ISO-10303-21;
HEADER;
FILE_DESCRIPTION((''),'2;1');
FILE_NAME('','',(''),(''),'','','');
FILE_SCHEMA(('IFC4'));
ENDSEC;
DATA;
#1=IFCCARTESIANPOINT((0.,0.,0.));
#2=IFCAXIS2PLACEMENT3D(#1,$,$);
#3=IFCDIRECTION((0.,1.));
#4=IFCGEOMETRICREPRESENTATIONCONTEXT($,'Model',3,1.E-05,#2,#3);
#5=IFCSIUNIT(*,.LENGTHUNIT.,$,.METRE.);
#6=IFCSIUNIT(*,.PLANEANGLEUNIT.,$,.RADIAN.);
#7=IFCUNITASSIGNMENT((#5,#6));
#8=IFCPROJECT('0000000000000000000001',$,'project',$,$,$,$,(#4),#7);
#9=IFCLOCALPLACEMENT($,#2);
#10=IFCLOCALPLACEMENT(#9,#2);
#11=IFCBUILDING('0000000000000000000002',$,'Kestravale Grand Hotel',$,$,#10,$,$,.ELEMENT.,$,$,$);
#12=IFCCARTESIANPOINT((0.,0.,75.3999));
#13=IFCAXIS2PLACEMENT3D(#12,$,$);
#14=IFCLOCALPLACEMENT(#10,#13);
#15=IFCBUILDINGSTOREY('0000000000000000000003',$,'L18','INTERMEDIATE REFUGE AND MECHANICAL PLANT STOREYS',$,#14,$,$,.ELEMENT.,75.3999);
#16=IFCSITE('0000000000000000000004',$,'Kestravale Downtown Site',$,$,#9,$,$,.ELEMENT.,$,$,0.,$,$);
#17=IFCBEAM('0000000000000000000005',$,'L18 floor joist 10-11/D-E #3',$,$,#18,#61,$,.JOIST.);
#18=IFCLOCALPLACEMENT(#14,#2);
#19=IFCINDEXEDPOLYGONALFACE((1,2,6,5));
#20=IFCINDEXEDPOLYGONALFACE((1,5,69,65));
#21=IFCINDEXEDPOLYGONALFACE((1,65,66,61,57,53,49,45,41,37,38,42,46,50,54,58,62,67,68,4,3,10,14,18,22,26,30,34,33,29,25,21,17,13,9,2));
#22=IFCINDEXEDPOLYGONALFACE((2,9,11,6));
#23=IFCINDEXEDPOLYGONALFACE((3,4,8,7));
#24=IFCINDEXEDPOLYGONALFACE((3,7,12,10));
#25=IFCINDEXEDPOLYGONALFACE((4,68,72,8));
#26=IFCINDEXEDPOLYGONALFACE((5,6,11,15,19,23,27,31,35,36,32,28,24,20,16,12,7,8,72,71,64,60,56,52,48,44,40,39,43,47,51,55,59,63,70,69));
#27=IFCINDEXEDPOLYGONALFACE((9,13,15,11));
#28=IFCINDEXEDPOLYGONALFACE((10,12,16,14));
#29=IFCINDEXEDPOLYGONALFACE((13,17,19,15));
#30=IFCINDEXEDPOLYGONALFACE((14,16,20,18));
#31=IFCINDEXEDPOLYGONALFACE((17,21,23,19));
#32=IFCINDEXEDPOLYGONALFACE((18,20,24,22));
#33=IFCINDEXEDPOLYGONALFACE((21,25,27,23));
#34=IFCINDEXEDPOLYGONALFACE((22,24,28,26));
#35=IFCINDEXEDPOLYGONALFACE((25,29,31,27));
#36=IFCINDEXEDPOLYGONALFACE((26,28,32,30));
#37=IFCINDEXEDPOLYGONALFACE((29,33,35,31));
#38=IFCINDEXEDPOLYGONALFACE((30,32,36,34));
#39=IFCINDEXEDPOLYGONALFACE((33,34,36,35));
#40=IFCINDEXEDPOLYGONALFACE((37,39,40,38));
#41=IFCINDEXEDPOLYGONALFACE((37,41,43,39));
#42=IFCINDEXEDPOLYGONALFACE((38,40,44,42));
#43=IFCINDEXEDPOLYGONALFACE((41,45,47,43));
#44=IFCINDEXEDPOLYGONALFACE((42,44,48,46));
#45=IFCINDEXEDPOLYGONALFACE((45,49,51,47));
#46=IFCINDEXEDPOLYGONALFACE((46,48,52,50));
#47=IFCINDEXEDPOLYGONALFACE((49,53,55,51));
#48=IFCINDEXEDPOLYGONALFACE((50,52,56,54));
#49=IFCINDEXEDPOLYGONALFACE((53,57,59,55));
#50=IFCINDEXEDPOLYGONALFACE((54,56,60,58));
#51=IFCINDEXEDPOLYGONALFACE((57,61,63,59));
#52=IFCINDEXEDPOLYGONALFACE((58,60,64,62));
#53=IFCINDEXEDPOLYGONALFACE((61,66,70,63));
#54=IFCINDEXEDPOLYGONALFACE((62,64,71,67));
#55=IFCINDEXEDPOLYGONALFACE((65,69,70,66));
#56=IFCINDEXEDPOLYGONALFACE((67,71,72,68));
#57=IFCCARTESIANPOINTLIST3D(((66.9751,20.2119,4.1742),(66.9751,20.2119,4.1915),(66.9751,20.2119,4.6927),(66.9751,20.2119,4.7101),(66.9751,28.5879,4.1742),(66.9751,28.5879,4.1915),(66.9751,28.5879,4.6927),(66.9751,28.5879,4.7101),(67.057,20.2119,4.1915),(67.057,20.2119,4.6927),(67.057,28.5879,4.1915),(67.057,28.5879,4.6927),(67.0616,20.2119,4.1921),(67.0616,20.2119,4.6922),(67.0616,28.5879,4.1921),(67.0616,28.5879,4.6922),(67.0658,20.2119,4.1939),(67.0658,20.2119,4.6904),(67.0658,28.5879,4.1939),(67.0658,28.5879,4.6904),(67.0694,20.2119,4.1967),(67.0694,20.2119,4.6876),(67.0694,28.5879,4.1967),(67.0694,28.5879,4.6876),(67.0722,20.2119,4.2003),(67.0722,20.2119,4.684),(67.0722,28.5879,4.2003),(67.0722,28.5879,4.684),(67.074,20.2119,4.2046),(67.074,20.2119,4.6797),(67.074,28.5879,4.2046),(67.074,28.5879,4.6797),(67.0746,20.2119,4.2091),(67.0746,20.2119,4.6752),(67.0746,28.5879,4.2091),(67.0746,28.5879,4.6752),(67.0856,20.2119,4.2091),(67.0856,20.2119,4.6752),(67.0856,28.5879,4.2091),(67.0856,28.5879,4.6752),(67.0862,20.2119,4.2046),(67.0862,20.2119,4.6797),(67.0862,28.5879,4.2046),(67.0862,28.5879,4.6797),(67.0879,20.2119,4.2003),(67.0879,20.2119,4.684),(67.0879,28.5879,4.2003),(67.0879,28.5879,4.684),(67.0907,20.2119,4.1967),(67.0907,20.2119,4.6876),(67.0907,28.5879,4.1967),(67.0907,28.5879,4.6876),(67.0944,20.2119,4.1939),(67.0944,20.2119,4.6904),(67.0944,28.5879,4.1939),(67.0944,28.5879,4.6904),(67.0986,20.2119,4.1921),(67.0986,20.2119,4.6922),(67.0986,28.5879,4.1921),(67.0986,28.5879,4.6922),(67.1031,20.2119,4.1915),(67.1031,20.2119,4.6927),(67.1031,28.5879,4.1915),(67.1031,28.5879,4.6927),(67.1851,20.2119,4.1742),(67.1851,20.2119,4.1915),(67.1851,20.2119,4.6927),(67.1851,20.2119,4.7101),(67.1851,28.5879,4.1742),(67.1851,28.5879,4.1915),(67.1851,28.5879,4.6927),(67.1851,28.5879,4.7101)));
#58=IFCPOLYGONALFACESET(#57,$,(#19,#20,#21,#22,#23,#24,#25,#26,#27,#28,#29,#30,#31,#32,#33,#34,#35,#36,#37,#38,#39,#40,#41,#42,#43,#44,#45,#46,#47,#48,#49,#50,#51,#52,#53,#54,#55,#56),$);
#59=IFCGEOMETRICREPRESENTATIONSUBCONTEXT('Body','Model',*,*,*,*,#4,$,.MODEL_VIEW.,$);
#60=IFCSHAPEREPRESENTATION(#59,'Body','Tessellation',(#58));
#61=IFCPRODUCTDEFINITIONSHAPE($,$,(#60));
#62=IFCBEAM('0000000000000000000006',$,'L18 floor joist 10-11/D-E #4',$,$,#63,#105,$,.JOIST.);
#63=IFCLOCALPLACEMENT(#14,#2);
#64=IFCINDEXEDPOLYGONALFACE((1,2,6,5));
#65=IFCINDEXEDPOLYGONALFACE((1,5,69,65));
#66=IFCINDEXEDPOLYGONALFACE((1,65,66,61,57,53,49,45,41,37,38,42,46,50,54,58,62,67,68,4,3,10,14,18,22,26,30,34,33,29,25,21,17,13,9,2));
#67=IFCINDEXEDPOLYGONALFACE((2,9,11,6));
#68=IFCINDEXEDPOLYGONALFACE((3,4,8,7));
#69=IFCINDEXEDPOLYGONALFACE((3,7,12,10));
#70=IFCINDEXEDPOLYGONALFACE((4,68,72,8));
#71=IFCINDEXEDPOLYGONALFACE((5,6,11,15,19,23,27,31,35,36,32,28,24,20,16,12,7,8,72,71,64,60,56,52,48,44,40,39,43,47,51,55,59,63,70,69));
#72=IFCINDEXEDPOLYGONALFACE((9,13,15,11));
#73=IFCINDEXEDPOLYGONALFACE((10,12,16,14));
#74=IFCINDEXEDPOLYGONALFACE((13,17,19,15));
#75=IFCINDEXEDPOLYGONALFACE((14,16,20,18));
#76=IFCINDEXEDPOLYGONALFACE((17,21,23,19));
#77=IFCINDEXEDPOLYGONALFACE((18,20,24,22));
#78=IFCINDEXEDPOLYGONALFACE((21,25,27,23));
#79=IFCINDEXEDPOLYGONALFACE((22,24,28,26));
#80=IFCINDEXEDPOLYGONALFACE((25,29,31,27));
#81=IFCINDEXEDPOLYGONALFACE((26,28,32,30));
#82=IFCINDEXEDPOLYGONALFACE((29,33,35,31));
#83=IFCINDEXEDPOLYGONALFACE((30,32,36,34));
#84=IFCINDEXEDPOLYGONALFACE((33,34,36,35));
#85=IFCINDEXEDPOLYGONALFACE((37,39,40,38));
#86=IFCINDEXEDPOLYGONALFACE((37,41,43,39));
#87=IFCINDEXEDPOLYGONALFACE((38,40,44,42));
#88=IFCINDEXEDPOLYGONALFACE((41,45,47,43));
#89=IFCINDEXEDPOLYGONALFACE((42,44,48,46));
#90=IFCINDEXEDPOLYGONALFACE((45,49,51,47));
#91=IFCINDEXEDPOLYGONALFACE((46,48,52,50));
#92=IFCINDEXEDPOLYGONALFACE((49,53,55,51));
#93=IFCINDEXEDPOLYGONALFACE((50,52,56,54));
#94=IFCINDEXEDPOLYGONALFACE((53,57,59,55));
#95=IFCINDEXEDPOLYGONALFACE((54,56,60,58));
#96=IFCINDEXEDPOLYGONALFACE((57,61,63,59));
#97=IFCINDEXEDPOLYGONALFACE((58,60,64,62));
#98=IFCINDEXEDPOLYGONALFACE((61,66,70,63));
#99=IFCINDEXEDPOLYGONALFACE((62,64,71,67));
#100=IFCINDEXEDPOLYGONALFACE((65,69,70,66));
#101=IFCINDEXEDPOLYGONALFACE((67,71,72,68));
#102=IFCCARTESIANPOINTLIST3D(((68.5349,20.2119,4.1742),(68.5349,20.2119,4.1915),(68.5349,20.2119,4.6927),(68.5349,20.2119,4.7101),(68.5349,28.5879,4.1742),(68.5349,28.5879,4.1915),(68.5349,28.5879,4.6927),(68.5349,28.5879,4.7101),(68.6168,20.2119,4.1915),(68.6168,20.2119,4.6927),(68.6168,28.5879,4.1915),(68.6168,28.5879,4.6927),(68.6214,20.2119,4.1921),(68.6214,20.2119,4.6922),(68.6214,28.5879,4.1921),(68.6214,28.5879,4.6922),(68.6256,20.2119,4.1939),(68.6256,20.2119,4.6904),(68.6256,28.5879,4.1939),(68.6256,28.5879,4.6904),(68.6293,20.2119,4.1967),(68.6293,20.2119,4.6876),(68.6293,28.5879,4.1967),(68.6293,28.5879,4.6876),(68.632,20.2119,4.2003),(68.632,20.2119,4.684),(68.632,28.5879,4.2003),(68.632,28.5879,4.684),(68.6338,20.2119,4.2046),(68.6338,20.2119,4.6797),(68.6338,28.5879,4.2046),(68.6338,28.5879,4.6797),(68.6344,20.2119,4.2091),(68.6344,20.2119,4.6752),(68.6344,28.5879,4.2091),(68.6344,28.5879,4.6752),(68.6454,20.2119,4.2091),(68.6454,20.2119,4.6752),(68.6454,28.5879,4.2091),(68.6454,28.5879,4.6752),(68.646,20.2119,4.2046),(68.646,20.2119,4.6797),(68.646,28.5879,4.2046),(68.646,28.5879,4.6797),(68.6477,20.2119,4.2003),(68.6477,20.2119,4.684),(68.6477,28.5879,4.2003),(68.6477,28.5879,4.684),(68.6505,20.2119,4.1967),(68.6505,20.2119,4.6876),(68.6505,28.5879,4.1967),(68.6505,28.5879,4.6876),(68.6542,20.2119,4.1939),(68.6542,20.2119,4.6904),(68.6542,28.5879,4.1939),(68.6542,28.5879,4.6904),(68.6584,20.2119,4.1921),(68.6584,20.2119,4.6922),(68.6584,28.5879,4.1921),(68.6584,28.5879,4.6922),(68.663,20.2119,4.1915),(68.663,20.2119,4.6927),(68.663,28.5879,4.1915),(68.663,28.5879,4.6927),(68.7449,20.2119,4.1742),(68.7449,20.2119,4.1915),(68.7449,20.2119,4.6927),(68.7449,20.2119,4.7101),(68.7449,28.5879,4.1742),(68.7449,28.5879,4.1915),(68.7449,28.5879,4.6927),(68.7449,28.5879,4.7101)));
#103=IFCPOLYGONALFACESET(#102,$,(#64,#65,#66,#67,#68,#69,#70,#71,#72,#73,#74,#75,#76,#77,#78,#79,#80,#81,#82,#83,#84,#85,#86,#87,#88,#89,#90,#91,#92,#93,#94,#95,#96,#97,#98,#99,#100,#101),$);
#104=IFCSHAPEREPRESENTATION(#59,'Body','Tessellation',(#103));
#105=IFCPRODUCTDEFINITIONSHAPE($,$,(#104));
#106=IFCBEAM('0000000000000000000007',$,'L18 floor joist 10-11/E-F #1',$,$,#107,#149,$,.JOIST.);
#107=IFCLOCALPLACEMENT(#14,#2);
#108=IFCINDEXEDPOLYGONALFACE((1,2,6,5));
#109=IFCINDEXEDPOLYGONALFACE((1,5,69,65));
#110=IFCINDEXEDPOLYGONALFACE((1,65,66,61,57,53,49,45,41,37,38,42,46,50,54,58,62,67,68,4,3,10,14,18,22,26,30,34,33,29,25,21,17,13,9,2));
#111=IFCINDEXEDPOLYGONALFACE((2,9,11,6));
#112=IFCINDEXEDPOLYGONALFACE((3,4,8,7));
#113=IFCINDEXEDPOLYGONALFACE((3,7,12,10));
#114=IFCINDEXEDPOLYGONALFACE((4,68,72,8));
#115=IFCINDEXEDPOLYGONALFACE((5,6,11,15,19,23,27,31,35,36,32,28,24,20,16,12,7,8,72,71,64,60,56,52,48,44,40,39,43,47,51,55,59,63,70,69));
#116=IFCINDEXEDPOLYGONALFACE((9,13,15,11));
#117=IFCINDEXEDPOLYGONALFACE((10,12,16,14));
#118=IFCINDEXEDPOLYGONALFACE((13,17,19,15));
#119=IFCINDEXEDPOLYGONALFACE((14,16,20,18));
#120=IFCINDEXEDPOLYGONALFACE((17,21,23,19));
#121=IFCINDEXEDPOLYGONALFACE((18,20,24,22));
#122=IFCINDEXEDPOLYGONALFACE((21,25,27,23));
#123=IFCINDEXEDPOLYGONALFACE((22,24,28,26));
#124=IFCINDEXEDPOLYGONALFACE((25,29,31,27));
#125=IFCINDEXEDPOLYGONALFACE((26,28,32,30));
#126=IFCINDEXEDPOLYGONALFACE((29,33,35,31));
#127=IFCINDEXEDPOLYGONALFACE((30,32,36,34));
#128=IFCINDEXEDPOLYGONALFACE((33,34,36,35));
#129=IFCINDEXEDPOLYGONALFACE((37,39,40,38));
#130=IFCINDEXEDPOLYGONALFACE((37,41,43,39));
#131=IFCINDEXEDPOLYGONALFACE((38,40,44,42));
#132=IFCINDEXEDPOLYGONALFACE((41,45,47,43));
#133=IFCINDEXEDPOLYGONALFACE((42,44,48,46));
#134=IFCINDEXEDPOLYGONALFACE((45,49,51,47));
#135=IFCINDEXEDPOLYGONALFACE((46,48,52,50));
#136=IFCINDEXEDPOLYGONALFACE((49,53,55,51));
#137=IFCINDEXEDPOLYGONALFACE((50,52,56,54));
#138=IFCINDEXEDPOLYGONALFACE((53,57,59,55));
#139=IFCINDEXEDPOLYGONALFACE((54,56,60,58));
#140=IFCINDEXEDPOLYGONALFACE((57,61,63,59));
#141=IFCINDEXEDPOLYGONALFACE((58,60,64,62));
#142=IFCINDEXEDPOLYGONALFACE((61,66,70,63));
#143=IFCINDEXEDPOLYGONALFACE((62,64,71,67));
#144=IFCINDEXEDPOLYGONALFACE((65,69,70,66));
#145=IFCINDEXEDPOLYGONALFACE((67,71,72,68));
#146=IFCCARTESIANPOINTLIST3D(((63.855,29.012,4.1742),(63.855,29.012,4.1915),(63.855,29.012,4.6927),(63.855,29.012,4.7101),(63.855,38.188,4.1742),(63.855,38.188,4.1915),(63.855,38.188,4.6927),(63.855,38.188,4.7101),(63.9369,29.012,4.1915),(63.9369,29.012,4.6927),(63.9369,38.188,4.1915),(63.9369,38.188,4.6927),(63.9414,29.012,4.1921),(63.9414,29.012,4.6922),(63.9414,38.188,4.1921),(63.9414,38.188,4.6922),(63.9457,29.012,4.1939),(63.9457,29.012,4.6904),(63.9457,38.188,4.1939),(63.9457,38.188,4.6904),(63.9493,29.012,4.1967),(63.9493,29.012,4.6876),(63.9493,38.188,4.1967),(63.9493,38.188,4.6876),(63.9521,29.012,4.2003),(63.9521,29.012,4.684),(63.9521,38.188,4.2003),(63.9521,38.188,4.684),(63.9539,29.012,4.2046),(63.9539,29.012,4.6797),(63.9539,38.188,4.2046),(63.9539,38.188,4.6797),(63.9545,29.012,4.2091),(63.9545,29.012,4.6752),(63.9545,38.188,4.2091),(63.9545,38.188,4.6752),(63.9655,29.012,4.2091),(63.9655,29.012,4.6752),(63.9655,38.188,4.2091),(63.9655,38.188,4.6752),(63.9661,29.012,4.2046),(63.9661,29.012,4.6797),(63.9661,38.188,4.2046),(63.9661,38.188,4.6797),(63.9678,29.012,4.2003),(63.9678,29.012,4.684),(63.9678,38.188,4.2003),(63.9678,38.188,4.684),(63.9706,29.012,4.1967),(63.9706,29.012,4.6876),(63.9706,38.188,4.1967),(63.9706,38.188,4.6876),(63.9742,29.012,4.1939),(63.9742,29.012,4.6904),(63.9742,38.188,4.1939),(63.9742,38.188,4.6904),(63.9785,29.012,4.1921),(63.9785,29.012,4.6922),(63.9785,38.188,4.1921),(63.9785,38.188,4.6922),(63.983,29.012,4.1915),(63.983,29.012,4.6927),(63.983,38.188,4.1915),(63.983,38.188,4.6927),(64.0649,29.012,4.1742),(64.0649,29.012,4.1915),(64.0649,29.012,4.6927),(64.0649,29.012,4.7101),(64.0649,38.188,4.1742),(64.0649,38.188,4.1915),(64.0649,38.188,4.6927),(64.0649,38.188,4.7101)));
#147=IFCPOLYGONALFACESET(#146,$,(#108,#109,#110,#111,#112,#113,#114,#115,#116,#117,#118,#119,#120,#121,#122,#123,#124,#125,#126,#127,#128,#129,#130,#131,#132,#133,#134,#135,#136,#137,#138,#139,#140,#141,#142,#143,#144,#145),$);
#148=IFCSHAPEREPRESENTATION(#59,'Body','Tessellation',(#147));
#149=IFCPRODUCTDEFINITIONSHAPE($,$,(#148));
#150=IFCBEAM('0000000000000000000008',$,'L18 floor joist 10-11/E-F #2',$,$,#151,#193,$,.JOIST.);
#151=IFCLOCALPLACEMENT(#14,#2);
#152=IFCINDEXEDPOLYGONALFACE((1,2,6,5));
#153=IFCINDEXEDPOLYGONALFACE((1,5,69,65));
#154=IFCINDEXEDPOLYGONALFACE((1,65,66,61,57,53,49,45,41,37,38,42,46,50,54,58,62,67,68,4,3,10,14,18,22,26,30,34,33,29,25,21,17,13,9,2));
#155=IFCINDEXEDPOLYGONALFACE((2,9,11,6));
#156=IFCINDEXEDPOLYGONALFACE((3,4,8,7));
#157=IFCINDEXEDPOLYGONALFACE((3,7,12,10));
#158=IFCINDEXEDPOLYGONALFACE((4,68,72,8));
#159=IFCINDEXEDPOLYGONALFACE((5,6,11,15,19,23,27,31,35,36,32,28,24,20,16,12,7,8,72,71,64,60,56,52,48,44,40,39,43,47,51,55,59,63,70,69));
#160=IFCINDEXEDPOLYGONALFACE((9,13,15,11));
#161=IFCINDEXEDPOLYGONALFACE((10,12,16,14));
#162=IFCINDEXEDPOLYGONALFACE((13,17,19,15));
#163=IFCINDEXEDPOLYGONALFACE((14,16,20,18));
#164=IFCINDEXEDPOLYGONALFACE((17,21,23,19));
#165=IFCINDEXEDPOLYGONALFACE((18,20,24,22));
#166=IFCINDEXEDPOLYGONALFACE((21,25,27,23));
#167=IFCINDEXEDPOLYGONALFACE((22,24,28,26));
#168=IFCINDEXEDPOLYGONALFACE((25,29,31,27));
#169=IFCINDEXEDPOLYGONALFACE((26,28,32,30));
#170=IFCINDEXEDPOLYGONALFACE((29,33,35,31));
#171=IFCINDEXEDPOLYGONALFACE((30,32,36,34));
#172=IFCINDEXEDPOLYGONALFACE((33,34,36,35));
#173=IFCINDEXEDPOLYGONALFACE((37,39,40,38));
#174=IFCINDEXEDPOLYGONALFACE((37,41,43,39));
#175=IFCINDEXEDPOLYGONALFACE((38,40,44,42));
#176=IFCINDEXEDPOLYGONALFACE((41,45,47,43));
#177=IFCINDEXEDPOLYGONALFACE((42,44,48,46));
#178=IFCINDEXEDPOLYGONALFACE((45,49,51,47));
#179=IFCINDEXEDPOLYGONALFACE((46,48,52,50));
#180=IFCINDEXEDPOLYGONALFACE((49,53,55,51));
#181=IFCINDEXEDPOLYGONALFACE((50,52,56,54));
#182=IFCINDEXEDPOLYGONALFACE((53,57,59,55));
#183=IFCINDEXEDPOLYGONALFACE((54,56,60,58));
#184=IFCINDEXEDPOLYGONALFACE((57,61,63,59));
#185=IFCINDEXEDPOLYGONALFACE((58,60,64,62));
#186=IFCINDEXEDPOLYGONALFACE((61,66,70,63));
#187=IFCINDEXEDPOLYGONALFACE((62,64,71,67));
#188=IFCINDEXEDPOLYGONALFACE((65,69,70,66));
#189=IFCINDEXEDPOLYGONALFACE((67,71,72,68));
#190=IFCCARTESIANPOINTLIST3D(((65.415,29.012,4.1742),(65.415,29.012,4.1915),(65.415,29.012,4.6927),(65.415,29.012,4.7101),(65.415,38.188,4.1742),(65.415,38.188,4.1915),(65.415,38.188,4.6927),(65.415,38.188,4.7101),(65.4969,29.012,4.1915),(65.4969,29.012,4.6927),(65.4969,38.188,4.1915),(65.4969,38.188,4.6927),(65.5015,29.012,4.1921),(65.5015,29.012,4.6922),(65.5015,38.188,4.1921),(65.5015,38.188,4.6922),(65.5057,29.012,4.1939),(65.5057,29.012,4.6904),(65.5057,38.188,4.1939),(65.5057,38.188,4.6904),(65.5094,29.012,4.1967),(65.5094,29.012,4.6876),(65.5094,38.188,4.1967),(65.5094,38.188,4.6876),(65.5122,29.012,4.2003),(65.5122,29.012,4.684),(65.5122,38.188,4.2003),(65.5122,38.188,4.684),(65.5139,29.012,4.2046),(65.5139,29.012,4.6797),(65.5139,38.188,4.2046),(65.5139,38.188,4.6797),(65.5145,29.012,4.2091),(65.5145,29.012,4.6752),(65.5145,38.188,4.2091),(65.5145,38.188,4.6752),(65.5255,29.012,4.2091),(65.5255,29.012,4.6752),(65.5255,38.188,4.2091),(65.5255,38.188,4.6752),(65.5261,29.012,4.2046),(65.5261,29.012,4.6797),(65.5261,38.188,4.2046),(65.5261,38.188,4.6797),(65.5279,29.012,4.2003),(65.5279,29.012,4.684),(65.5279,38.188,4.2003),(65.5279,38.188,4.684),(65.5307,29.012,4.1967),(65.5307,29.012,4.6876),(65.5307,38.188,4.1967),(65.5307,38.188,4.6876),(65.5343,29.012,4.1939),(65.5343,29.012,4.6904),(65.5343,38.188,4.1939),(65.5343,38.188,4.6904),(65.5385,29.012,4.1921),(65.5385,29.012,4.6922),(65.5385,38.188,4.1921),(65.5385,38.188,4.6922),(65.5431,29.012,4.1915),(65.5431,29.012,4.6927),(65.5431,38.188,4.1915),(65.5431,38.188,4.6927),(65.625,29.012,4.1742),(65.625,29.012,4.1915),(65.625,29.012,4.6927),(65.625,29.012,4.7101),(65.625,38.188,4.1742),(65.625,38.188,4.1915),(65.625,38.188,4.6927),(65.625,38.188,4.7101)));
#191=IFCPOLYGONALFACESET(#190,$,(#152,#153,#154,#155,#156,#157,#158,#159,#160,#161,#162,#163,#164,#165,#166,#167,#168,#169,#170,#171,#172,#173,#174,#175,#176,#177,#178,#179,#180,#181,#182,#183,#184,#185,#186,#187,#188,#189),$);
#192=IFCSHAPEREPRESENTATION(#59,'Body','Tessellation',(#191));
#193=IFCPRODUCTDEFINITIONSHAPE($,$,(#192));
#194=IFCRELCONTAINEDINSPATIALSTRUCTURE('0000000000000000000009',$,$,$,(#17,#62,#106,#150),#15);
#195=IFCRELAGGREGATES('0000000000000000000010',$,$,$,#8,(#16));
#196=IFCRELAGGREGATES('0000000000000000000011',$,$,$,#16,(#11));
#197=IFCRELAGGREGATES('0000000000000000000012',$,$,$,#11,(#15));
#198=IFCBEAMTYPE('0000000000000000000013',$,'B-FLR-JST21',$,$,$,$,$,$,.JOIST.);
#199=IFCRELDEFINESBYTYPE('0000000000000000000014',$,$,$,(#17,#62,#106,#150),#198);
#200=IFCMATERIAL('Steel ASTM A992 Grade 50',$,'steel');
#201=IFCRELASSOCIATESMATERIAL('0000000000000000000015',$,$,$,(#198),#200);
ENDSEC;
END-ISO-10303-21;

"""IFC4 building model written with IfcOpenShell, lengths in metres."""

from ifc_helpers import new_model, si_unit, direction, frame, origin, origin_2d, place, context, subcontext, project, spatial, i_section, extrude, material, material_profile, profile_set, type_object, element, save


model = new_model("IFC4")

# Units and contexts
model_context = context("Model", 3, precision=1e-05, world=origin(), true_north=direction((0.0, 1.0)))
body_context = subcontext(model_context, "Body", "Model", "MODEL_VIEW")
ifc_project = project(units=[si_unit("LENGTHUNIT", "METRE"), si_unit("PLANEANGLEUNIT", "RADIAN")], contexts=[model_context])

# Site, building, storey
site_placement = place(None, origin())
site = spatial("IfcSite", under=ifc_project, at=site_placement, Name="Kestravale Downtown Site", CompositionType="ELEMENT", RefElevation=0.0)
building_placement = place(site_placement, origin())
building = spatial("IfcBuilding", under=site, at=building_placement, Name="Kestravale Grand Hotel", CompositionType="ELEMENT")
storey_placement = place(building_placement, frame((0.0, 0.0, 75.3999)))
storey = spatial("IfcBuildingStorey", under=building, at=storey_placement, Name="L18", Description="INTERMEDIATE REFUGE AND MECHANICAL PLANT STOREYS", CompositionType="ELEMENT", Elevation=75.3999)

# Beams
ifc_material_1 = material(Name="Steel ASTM A992 Grade 50", Category="steel")
ifc_material_profile_1 = material_profile(ifc_material_1, i_section(OverallWidth=0.21, OverallDepth=0.5359, WebThickness=0.011, FlangeThickness=0.0173, FilletRadius=0.0176, at=origin_2d()))
ifc_profile_set_1 = profile_set([ifc_material_profile_1], Name="Steel ASTM A992 Grade 50")
beam_type_1 = type_object("IfcBeamType", Name="B-FLR-JST21", PredefinedType="JOIST", material=ifc_profile_set_1)
for number, where, z_axis, x_axis, name in (
    (1, (67.0801, 20.2119, 4.4421), (0.0, 1.0, 0.0), (-1.0, 0.0, 0.0), "L18 floor joist 10-11/D-E #3"),
    (2, (68.6399, 20.2119, 4.4421), (0.0, 1.0, 0.0), (-1.0, 0.0, 0.0), "L18 floor joist 10-11/D-E #4"),
):
    element("IfcBeam", number, at=place(storey_placement, frame(where, z_axis=z_axis, x_axis=x_axis)), inside=storey, type_object=beam_type_1, Name=name, PredefinedType="JOIST", context=body_context, shape_type="SweptSolid", body=[
        extrude(i_section(OverallWidth=0.21, OverallDepth=0.5359, WebThickness=0.011, FlangeThickness=0.0173, FilletRadius=0.0176, at=origin_2d()), origin(), (0.0, 0.0, 1.0), 8.376),
    ])
for number, where, z_axis, x_axis, name in (
    (3, (63.96, 29.012, 4.4421), (0.0, 1.0, 0.0), (-1.0, 0.0, 0.0), "L18 floor joist 10-11/E-F #1"),
    (4, (65.52, 29.012, 4.4421), (0.0, 1.0, 0.0), (-1.0, 0.0, 0.0), "L18 floor joist 10-11/E-F #2"),
):
    element("IfcBeam", number, at=place(storey_placement, frame(where, z_axis=z_axis, x_axis=x_axis)), inside=storey, type_object=beam_type_1, Name=name, PredefinedType="JOIST", context=body_context, shape_type="SweptSolid", body=[
        extrude(i_section(OverallWidth=0.21, OverallDepth=0.5359, WebThickness=0.011, FlangeThickness=0.0173, FilletRadius=0.0176, at=origin_2d()), origin(), (0.0, 0.0, 1.0), 9.176),
    ])

save(model, "model.ifc")
